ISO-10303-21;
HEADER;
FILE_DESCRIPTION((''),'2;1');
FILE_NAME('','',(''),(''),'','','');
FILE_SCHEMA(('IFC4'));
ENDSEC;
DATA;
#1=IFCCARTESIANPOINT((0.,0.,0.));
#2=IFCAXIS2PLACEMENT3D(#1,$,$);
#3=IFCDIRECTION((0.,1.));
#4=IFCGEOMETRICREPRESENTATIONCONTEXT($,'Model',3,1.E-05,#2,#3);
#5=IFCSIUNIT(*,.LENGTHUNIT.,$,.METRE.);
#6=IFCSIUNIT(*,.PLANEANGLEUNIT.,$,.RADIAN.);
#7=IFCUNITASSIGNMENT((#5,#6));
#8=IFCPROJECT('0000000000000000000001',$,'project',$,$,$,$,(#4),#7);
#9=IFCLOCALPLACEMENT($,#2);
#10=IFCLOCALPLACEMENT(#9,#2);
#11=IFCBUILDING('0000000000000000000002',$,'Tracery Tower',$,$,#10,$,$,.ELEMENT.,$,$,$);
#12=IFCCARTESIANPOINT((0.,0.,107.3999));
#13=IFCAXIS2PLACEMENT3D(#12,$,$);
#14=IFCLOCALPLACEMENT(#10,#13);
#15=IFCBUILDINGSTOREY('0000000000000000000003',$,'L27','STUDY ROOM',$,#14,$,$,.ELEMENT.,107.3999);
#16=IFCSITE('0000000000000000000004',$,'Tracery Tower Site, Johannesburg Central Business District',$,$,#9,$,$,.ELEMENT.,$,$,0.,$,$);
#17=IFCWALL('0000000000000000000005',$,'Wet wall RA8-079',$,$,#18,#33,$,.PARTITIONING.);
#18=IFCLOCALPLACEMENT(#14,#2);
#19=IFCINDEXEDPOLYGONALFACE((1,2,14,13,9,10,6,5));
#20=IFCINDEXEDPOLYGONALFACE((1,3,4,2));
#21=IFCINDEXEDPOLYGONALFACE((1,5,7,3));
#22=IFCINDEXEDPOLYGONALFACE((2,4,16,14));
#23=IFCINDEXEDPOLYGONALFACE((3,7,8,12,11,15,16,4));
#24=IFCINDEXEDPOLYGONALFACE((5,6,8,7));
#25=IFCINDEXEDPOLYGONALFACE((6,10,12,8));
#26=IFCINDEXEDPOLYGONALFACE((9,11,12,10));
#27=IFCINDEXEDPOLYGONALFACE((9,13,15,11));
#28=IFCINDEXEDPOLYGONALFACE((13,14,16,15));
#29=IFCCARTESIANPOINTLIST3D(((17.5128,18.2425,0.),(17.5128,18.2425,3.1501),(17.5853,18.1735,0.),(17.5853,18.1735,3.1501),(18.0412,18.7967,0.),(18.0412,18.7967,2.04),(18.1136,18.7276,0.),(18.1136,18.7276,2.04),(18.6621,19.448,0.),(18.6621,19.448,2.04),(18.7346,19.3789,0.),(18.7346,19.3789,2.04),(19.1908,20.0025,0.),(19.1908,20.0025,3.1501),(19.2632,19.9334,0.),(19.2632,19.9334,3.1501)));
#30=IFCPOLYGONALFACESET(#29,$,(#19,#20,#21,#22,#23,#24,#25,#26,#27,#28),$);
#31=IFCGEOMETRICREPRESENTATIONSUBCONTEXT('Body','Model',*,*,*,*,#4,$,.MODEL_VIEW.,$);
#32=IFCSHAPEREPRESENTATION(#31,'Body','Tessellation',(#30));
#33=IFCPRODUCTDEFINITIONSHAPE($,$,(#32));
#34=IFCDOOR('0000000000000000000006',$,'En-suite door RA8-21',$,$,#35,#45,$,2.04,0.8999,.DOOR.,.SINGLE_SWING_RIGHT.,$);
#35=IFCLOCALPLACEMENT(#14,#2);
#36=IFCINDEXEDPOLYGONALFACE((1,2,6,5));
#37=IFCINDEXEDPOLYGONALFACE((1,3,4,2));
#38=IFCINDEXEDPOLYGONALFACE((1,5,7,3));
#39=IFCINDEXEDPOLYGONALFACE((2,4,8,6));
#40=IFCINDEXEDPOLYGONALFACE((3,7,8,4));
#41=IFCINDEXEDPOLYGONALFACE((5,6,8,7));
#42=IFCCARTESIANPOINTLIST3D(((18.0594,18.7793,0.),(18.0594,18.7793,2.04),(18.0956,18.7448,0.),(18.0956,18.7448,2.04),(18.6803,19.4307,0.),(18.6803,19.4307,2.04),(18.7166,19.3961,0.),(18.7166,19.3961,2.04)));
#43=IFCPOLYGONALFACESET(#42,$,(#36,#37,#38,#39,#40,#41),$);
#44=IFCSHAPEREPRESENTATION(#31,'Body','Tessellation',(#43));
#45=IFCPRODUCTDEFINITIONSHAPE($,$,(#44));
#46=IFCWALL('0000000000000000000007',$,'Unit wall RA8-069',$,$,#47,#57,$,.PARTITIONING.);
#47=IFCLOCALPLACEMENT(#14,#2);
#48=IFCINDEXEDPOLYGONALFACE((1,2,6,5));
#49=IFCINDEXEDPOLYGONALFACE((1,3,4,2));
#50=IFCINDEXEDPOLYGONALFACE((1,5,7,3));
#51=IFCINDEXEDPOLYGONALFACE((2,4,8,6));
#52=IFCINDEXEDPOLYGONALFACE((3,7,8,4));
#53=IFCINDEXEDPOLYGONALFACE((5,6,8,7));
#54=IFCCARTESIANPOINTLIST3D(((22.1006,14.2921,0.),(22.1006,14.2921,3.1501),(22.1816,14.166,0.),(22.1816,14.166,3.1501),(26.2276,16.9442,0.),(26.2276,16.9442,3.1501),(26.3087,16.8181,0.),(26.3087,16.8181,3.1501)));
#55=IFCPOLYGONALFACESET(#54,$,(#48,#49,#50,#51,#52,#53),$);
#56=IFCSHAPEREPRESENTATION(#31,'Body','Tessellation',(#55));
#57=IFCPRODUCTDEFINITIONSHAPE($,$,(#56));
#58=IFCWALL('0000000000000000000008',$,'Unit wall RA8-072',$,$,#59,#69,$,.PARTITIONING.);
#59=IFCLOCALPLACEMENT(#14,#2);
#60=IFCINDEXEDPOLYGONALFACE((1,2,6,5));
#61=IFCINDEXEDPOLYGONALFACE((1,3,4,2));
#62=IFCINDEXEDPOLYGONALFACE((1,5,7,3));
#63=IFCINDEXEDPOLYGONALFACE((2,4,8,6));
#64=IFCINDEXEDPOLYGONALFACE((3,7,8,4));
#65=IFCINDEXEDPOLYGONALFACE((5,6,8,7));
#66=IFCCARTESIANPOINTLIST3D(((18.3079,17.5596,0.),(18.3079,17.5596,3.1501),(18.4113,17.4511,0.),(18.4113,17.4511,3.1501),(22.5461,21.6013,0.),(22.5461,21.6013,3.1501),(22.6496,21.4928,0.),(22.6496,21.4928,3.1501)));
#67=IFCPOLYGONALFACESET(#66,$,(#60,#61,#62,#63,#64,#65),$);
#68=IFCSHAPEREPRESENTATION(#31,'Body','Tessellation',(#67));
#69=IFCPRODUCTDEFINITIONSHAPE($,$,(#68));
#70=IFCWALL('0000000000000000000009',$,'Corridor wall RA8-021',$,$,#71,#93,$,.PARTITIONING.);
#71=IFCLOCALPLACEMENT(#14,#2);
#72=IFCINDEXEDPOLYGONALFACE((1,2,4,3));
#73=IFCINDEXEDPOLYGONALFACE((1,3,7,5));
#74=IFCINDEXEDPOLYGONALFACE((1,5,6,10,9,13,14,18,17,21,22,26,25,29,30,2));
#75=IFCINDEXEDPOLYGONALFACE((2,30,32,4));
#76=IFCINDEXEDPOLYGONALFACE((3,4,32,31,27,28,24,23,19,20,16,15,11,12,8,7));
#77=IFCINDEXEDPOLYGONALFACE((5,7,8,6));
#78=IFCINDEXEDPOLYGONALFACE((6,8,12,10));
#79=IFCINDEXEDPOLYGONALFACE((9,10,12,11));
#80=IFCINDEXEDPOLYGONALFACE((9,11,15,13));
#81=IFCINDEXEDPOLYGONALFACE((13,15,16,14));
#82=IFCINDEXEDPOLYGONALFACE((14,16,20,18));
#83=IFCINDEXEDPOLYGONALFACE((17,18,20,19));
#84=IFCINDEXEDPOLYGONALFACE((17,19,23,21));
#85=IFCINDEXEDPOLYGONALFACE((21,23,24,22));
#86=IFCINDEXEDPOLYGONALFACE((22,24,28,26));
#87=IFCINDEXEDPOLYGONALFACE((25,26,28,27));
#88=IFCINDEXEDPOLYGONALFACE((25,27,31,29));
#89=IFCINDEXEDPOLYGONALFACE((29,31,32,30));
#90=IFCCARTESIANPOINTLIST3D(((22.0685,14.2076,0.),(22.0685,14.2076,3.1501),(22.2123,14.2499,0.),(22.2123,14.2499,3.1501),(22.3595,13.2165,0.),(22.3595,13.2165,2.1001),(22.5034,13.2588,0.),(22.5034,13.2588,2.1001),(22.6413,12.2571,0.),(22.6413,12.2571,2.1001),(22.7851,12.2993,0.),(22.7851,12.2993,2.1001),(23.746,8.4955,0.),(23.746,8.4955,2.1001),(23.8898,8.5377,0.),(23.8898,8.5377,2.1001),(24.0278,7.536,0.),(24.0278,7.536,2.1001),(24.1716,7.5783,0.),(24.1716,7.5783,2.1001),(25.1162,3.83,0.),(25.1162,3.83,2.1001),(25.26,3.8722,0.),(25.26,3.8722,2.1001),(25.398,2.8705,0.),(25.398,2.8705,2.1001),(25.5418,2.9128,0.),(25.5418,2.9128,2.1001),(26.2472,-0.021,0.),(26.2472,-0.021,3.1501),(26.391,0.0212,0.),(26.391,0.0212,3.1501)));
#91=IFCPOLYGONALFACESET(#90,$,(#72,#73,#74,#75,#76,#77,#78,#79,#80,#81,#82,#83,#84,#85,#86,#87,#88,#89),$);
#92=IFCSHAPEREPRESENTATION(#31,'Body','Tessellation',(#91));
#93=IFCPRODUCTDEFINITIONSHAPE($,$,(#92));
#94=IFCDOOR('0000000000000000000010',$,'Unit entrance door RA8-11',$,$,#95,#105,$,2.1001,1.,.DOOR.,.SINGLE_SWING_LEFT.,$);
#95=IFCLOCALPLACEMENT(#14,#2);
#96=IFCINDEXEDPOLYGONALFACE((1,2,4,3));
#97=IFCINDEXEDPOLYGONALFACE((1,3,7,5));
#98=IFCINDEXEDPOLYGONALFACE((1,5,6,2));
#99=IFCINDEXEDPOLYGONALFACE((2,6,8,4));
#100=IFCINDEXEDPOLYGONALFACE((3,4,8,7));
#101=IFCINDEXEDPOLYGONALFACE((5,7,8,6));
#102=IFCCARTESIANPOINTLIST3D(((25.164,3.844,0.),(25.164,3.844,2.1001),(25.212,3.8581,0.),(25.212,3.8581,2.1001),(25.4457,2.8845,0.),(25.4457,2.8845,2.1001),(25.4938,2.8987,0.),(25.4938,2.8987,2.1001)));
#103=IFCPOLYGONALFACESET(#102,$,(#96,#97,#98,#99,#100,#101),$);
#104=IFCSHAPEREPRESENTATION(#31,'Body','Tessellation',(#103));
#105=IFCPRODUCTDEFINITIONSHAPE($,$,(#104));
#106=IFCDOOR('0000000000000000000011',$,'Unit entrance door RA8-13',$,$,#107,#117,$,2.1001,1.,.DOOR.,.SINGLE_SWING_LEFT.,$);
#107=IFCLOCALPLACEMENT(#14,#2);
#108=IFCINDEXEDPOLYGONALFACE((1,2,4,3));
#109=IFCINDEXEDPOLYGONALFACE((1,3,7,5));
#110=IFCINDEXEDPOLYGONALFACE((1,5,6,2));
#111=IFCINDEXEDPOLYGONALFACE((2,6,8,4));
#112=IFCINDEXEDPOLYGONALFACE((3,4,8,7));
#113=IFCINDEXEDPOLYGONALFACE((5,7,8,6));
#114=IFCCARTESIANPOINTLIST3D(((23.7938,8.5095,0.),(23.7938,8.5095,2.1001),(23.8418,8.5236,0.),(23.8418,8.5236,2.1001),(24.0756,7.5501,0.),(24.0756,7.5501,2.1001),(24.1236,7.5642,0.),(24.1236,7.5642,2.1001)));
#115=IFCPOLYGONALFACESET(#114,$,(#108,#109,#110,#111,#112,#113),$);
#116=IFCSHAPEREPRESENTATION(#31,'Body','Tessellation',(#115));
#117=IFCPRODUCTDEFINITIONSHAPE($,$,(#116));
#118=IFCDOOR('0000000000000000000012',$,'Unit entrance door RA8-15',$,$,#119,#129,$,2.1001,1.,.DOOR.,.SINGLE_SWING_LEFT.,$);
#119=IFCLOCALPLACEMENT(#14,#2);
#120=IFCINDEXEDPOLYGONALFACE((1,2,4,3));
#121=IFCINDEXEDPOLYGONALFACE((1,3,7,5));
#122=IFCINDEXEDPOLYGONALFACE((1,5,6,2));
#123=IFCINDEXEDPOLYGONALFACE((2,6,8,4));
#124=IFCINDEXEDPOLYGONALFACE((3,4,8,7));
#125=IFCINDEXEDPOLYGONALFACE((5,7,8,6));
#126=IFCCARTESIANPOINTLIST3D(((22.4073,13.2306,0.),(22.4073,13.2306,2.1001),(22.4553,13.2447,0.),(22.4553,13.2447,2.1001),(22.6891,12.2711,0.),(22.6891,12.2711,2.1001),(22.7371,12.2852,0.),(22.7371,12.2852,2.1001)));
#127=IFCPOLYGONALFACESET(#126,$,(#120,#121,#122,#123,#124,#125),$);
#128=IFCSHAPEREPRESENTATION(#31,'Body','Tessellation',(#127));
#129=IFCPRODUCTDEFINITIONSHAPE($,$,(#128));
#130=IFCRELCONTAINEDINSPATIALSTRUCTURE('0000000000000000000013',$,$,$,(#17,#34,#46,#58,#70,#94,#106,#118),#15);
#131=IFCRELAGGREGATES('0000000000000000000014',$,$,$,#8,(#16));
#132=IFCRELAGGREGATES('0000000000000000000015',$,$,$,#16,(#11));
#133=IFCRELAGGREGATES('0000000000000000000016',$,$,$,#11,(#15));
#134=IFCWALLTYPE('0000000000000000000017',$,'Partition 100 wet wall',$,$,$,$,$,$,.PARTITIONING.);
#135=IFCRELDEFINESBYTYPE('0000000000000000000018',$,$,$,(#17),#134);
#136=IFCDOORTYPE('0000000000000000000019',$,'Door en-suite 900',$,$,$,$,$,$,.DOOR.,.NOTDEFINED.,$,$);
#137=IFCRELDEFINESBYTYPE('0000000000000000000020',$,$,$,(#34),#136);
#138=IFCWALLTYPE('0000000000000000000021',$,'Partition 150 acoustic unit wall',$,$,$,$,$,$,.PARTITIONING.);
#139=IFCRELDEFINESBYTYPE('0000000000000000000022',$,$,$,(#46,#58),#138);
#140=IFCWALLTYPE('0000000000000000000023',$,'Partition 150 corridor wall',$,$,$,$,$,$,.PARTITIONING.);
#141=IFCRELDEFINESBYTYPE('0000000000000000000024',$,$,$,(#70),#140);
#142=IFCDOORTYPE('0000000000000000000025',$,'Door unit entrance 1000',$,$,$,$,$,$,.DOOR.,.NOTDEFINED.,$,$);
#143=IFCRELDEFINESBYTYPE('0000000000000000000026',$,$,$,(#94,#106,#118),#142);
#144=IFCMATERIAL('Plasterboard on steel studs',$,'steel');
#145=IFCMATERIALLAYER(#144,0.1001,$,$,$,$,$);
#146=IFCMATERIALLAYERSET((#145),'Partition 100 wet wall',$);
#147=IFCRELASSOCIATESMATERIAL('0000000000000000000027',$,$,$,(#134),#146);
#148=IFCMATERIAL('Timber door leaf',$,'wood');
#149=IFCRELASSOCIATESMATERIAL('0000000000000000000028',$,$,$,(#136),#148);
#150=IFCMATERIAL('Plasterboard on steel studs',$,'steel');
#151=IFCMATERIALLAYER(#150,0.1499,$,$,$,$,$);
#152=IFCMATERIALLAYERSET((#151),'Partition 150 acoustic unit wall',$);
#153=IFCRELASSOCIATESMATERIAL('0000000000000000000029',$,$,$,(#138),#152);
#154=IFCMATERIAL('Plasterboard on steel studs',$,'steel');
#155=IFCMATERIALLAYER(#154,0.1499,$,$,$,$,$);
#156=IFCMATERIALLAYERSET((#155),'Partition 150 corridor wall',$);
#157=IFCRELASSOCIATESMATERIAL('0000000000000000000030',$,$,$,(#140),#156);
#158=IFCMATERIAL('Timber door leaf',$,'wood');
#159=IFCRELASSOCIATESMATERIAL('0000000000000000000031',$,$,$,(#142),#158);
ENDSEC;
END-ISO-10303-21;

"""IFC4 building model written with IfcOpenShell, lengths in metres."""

from ifc_helpers import new_model, si_unit, direction, frame, frame_2d, origin, place, context, subcontext, project, spatial, rectangle, extrude, material, layer, layer_set, type_object, element, fill, save


model = new_model("IFC4")

# Units and contexts
model_context = context("Model", 3, precision=1e-05, world=origin(), true_north=direction((0.0, 1.0)))
body_context = subcontext(model_context, "Body", "Model", "MODEL_VIEW")
ifc_project = project(units=[si_unit("LENGTHUNIT", "METRE"), si_unit("PLANEANGLEUNIT", "RADIAN")], contexts=[model_context])

# Site, building, storey
site_placement = place(None, origin())
site = spatial("IfcSite", under=ifc_project, at=site_placement, Name="Tracery Tower Site, Johannesburg Central Business District", CompositionType="ELEMENT", RefElevation=0.0)
building_placement = place(site_placement, origin())
building = spatial("IfcBuilding", under=site, at=building_placement, Name="Tracery Tower", CompositionType="ELEMENT")
storey_placement = place(building_placement, frame((0.0, 0.0, 107.3999)))
storey = spatial("IfcBuildingStorey", under=building, at=storey_placement, Name="L27", Description="STUDY ROOM", CompositionType="ELEMENT", Elevation=107.3999)

# Shared definitions
ifc_material_1 = material(Name="Plasterboard on steel studs", Category="steel")
ifc_layer_1 = layer(ifc_material_1, 0.1001)
ifc_layer_set_1 = layer_set([ifc_layer_1], Name="Partition 100 wet wall")
wall_type_1 = type_object("IfcWallType", Name="Partition 100 wet wall", PredefinedType="PARTITIONING", material=ifc_layer_set_1)
ifc_material_2 = material(Name="Timber door leaf", Category="wood")
door_type_1 = type_object("IfcDoorType", Name="Door en-suite 900", OperationType="NOTDEFINED", PredefinedType="DOOR", material=ifc_material_2)

# Wall, opening, door
wall_1_placement = place(storey_placement, frame((17.5491, 18.208, 0.0), z_axis=(0.0, 0.0, 1.0), x_axis=(0.690039, 0.723773, 0.0)))
wall_1 = element("IfcWall", 1, at=wall_1_placement, inside=storey, type_object=wall_type_1, Name="Wet wall RA8-079", PredefinedType="PARTITIONING", context=body_context, shape_type="SweptSolid", body=[
    extrude(rectangle(XDim=2.4316, YDim=0.1001, at=frame_2d((1.2158, 0.0))), origin(), (0.0, 0.0, 1.0), 3.1501),
])
opening_1_placement = place(wall_1_placement, frame((0.7656, 0.0, 0.0)))
opening_1 = element("IfcOpeningElement", 2, at=opening_1_placement, cuts=wall_1, PredefinedType="OPENING", context=body_context, shape_type="SweptSolid", body=[
    extrude(rectangle(XDim=0.8999, YDim=2.04, at=frame_2d((0.45, 1.02))), frame((0.0, 0.05, 0.0), z_axis=(0.0, -1.0, 0.0), x_axis=(1.0, 0.0, 0.0)), (0.0, 0.0, 1.0), 0.1001),
])
door_1_placement = place(opening_1_placement, origin())
door_1 = element("IfcDoor", 3, at=door_1_placement, inside=storey, type_object=door_type_1, Name="En-suite door RA8-21", OperationType="SINGLE_SWING_RIGHT", OverallHeight=2.04, OverallWidth=0.8999, PredefinedType="DOOR", context=body_context, shape_type="SweptSolid", body=[
    extrude(rectangle(XDim=0.8999, YDim=2.04, at=frame_2d((0.45, 1.02))), frame((0.0, 0.0249, 0.0), z_axis=(0.0, -1.0, 0.0), x_axis=(1.0, 0.0, 0.0)), (0.0, 0.0, 1.0), 0.05),
])
fill(opening_1, door_1)

# Walls
ifc_material_3 = material(Name="Plasterboard on steel studs", Category="steel")
ifc_layer_2 = layer(ifc_material_3, 0.1499)
ifc_layer_set_2 = layer_set([ifc_layer_2], Name="Partition 150 acoustic unit wall")
wall_type_2 = type_object("IfcWallType", Name="Partition 150 acoustic unit wall", PredefinedType="PARTITIONING", material=ifc_layer_set_2)
wall_2_placement = place(storey_placement, frame((22.1411, 14.229, 0.0), z_axis=(0.0, 0.0, 1.0), x_axis=(0.841266, 0.540622, 0.0)))
element("IfcWall", 4, at=wall_2_placement, inside=storey, type_object=wall_type_2, Name="Unit wall RA8-069", PredefinedType="PARTITIONING", context=body_context, shape_type="SweptSolid", body=[
    extrude(rectangle(XDim=4.9058, YDim=0.1499, at=frame_2d((2.4529, 0.0))), origin(), (0.0, 0.0, 1.0), 3.1501),
])
wall_3_placement = place(storey_placement, frame((18.3596, 17.5054, 0.0), z_axis=(0.0, 0.0, 1.0), x_axis=(0.723687, 0.690129, 0.0)))
element("IfcWall", 5, at=wall_3_placement, inside=storey, type_object=wall_type_2, Name="Unit wall RA8-072", PredefinedType="PARTITIONING", context=body_context, shape_type="SweptSolid", body=[
    extrude(rectangle(XDim=5.8564, YDim=0.1499, at=frame_2d((2.9282, 0.0))), origin(), (0.0, 0.0, 1.0), 3.1501),
])

# Wall, openings, doors
ifc_material_4 = material(Name="Plasterboard on steel studs", Category="steel")
ifc_layer_3 = layer(ifc_material_4, 0.1499)
ifc_layer_set_3 = layer_set([ifc_layer_3], Name="Partition 150 corridor wall")
wall_type_3 = type_object("IfcWallType", Name="Partition 150 corridor wall", PredefinedType="PARTITIONING", material=ifc_layer_set_3)
wall_4_placement = place(storey_placement, frame((22.1404, 14.2288, 0.0), z_axis=(0.0, 0.0, 1.0), x_axis=(0.28178, -0.959479, 0.0)))
wall_4 = element("IfcWall", 6, at=wall_4_placement, inside=storey, type_object=wall_type_3, Name="Corridor wall RA8-021", PredefinedType="PARTITIONING", context=body_context, shape_type="SweptSolid", body=[
    extrude(rectangle(XDim=14.8296, YDim=0.1499, at=frame_2d((7.4148, 0.0))), origin(), (0.0, 0.0, 1.0), 3.1501),
])
opening_2_placement = place(wall_4_placement, frame((10.8159, 0.0, 0.0)))
opening_2 = element("IfcOpeningElement", 7, at=opening_2_placement, cuts=wall_4, PredefinedType="OPENING", context=body_context, shape_type="SweptSolid", body=[
    extrude(rectangle(XDim=1.0, YDim=2.1001, at=frame_2d((0.5, 1.05))), frame((0.0, 0.075, 0.0), z_axis=(0.0, -1.0, 0.0), x_axis=(1.0, 0.0, 0.0)), (0.0, 0.0, 1.0), 0.1499),
])
opening_3_placement = place(wall_4_placement, frame((5.9534, 0.0, 0.0)))
opening_3 = element("IfcOpeningElement", 8, at=opening_3_placement, cuts=wall_4, PredefinedType="OPENING", context=body_context, shape_type="SweptSolid", body=[
    extrude(rectangle(XDim=1.0, YDim=2.1001, at=frame_2d((0.5, 1.05))), frame((0.0, 0.075, 0.0), z_axis=(0.0, -1.0, 0.0), x_axis=(1.0, 0.0, 0.0)), (0.0, 0.0, 1.0), 0.1499),
])
opening_4_placement = place(wall_4_placement, frame((1.033, 0.0, 0.0)))
opening_4 = element("IfcOpeningElement", 9, at=opening_4_placement, cuts=wall_4, PredefinedType="OPENING", context=body_context, shape_type="SweptSolid", body=[
    extrude(rectangle(XDim=1.0, YDim=2.1001, at=frame_2d((0.5, 1.05))), frame((0.0, 0.075, 0.0), z_axis=(0.0, -1.0, 0.0), x_axis=(1.0, 0.0, 0.0)), (0.0, 0.0, 1.0), 0.1499),
])
ifc_material_5 = material(Name="Timber door leaf", Category="wood")
door_type_2 = type_object("IfcDoorType", Name="Door unit entrance 1000", OperationType="NOTDEFINED", PredefinedType="DOOR", material=ifc_material_5)
door_2_placement = place(opening_2_placement, origin())
door_2 = element("IfcDoor", 10, at=door_2_placement, inside=storey, type_object=door_type_2, Name="Unit entrance door RA8-11", OperationType="SINGLE_SWING_LEFT", OverallHeight=2.1001, OverallWidth=1.0, PredefinedType="DOOR", context=body_context, shape_type="SweptSolid", body=[
    extrude(rectangle(XDim=1.0, YDim=2.1001, at=frame_2d((0.5, 1.05))), frame((0.0, 0.0249, 0.0), z_axis=(0.0, -1.0, 0.0), x_axis=(1.0, 0.0, 0.0)), (0.0, 0.0, 1.0), 0.05),
])
fill(opening_2, door_2)
door_3_placement = place(opening_3_placement, origin())
door_3 = element("IfcDoor", 11, at=door_3_placement, inside=storey, type_object=door_type_2, Name="Unit entrance door RA8-13", OperationType="SINGLE_SWING_LEFT", OverallHeight=2.1001, OverallWidth=1.0, PredefinedType="DOOR", context=body_context, shape_type="SweptSolid", body=[
    extrude(rectangle(XDim=1.0, YDim=2.1001, at=frame_2d((0.5, 1.05))), frame((0.0, 0.0249, 0.0), z_axis=(0.0, -1.0, 0.0), x_axis=(1.0, 0.0, 0.0)), (0.0, 0.0, 1.0), 0.05),
])
fill(opening_3, door_3)
door_4_placement = place(opening_4_placement, origin())
door_4 = element("IfcDoor", 12, at=door_4_placement, inside=storey, type_object=door_type_2, Name="Unit entrance door RA8-15", OperationType="SINGLE_SWING_LEFT", OverallHeight=2.1001, OverallWidth=1.0, PredefinedType="DOOR", context=body_context, shape_type="SweptSolid", body=[
    extrude(rectangle(XDim=1.0, YDim=2.1001, at=frame_2d((0.5, 1.05))), frame((0.0, 0.0249, 0.0), z_axis=(0.0, -1.0, 0.0), x_axis=(1.0, 0.0, 0.0)), (0.0, 0.0, 1.0), 0.05),
])
fill(opening_4, door_4)

save(model, "model.ifc")
